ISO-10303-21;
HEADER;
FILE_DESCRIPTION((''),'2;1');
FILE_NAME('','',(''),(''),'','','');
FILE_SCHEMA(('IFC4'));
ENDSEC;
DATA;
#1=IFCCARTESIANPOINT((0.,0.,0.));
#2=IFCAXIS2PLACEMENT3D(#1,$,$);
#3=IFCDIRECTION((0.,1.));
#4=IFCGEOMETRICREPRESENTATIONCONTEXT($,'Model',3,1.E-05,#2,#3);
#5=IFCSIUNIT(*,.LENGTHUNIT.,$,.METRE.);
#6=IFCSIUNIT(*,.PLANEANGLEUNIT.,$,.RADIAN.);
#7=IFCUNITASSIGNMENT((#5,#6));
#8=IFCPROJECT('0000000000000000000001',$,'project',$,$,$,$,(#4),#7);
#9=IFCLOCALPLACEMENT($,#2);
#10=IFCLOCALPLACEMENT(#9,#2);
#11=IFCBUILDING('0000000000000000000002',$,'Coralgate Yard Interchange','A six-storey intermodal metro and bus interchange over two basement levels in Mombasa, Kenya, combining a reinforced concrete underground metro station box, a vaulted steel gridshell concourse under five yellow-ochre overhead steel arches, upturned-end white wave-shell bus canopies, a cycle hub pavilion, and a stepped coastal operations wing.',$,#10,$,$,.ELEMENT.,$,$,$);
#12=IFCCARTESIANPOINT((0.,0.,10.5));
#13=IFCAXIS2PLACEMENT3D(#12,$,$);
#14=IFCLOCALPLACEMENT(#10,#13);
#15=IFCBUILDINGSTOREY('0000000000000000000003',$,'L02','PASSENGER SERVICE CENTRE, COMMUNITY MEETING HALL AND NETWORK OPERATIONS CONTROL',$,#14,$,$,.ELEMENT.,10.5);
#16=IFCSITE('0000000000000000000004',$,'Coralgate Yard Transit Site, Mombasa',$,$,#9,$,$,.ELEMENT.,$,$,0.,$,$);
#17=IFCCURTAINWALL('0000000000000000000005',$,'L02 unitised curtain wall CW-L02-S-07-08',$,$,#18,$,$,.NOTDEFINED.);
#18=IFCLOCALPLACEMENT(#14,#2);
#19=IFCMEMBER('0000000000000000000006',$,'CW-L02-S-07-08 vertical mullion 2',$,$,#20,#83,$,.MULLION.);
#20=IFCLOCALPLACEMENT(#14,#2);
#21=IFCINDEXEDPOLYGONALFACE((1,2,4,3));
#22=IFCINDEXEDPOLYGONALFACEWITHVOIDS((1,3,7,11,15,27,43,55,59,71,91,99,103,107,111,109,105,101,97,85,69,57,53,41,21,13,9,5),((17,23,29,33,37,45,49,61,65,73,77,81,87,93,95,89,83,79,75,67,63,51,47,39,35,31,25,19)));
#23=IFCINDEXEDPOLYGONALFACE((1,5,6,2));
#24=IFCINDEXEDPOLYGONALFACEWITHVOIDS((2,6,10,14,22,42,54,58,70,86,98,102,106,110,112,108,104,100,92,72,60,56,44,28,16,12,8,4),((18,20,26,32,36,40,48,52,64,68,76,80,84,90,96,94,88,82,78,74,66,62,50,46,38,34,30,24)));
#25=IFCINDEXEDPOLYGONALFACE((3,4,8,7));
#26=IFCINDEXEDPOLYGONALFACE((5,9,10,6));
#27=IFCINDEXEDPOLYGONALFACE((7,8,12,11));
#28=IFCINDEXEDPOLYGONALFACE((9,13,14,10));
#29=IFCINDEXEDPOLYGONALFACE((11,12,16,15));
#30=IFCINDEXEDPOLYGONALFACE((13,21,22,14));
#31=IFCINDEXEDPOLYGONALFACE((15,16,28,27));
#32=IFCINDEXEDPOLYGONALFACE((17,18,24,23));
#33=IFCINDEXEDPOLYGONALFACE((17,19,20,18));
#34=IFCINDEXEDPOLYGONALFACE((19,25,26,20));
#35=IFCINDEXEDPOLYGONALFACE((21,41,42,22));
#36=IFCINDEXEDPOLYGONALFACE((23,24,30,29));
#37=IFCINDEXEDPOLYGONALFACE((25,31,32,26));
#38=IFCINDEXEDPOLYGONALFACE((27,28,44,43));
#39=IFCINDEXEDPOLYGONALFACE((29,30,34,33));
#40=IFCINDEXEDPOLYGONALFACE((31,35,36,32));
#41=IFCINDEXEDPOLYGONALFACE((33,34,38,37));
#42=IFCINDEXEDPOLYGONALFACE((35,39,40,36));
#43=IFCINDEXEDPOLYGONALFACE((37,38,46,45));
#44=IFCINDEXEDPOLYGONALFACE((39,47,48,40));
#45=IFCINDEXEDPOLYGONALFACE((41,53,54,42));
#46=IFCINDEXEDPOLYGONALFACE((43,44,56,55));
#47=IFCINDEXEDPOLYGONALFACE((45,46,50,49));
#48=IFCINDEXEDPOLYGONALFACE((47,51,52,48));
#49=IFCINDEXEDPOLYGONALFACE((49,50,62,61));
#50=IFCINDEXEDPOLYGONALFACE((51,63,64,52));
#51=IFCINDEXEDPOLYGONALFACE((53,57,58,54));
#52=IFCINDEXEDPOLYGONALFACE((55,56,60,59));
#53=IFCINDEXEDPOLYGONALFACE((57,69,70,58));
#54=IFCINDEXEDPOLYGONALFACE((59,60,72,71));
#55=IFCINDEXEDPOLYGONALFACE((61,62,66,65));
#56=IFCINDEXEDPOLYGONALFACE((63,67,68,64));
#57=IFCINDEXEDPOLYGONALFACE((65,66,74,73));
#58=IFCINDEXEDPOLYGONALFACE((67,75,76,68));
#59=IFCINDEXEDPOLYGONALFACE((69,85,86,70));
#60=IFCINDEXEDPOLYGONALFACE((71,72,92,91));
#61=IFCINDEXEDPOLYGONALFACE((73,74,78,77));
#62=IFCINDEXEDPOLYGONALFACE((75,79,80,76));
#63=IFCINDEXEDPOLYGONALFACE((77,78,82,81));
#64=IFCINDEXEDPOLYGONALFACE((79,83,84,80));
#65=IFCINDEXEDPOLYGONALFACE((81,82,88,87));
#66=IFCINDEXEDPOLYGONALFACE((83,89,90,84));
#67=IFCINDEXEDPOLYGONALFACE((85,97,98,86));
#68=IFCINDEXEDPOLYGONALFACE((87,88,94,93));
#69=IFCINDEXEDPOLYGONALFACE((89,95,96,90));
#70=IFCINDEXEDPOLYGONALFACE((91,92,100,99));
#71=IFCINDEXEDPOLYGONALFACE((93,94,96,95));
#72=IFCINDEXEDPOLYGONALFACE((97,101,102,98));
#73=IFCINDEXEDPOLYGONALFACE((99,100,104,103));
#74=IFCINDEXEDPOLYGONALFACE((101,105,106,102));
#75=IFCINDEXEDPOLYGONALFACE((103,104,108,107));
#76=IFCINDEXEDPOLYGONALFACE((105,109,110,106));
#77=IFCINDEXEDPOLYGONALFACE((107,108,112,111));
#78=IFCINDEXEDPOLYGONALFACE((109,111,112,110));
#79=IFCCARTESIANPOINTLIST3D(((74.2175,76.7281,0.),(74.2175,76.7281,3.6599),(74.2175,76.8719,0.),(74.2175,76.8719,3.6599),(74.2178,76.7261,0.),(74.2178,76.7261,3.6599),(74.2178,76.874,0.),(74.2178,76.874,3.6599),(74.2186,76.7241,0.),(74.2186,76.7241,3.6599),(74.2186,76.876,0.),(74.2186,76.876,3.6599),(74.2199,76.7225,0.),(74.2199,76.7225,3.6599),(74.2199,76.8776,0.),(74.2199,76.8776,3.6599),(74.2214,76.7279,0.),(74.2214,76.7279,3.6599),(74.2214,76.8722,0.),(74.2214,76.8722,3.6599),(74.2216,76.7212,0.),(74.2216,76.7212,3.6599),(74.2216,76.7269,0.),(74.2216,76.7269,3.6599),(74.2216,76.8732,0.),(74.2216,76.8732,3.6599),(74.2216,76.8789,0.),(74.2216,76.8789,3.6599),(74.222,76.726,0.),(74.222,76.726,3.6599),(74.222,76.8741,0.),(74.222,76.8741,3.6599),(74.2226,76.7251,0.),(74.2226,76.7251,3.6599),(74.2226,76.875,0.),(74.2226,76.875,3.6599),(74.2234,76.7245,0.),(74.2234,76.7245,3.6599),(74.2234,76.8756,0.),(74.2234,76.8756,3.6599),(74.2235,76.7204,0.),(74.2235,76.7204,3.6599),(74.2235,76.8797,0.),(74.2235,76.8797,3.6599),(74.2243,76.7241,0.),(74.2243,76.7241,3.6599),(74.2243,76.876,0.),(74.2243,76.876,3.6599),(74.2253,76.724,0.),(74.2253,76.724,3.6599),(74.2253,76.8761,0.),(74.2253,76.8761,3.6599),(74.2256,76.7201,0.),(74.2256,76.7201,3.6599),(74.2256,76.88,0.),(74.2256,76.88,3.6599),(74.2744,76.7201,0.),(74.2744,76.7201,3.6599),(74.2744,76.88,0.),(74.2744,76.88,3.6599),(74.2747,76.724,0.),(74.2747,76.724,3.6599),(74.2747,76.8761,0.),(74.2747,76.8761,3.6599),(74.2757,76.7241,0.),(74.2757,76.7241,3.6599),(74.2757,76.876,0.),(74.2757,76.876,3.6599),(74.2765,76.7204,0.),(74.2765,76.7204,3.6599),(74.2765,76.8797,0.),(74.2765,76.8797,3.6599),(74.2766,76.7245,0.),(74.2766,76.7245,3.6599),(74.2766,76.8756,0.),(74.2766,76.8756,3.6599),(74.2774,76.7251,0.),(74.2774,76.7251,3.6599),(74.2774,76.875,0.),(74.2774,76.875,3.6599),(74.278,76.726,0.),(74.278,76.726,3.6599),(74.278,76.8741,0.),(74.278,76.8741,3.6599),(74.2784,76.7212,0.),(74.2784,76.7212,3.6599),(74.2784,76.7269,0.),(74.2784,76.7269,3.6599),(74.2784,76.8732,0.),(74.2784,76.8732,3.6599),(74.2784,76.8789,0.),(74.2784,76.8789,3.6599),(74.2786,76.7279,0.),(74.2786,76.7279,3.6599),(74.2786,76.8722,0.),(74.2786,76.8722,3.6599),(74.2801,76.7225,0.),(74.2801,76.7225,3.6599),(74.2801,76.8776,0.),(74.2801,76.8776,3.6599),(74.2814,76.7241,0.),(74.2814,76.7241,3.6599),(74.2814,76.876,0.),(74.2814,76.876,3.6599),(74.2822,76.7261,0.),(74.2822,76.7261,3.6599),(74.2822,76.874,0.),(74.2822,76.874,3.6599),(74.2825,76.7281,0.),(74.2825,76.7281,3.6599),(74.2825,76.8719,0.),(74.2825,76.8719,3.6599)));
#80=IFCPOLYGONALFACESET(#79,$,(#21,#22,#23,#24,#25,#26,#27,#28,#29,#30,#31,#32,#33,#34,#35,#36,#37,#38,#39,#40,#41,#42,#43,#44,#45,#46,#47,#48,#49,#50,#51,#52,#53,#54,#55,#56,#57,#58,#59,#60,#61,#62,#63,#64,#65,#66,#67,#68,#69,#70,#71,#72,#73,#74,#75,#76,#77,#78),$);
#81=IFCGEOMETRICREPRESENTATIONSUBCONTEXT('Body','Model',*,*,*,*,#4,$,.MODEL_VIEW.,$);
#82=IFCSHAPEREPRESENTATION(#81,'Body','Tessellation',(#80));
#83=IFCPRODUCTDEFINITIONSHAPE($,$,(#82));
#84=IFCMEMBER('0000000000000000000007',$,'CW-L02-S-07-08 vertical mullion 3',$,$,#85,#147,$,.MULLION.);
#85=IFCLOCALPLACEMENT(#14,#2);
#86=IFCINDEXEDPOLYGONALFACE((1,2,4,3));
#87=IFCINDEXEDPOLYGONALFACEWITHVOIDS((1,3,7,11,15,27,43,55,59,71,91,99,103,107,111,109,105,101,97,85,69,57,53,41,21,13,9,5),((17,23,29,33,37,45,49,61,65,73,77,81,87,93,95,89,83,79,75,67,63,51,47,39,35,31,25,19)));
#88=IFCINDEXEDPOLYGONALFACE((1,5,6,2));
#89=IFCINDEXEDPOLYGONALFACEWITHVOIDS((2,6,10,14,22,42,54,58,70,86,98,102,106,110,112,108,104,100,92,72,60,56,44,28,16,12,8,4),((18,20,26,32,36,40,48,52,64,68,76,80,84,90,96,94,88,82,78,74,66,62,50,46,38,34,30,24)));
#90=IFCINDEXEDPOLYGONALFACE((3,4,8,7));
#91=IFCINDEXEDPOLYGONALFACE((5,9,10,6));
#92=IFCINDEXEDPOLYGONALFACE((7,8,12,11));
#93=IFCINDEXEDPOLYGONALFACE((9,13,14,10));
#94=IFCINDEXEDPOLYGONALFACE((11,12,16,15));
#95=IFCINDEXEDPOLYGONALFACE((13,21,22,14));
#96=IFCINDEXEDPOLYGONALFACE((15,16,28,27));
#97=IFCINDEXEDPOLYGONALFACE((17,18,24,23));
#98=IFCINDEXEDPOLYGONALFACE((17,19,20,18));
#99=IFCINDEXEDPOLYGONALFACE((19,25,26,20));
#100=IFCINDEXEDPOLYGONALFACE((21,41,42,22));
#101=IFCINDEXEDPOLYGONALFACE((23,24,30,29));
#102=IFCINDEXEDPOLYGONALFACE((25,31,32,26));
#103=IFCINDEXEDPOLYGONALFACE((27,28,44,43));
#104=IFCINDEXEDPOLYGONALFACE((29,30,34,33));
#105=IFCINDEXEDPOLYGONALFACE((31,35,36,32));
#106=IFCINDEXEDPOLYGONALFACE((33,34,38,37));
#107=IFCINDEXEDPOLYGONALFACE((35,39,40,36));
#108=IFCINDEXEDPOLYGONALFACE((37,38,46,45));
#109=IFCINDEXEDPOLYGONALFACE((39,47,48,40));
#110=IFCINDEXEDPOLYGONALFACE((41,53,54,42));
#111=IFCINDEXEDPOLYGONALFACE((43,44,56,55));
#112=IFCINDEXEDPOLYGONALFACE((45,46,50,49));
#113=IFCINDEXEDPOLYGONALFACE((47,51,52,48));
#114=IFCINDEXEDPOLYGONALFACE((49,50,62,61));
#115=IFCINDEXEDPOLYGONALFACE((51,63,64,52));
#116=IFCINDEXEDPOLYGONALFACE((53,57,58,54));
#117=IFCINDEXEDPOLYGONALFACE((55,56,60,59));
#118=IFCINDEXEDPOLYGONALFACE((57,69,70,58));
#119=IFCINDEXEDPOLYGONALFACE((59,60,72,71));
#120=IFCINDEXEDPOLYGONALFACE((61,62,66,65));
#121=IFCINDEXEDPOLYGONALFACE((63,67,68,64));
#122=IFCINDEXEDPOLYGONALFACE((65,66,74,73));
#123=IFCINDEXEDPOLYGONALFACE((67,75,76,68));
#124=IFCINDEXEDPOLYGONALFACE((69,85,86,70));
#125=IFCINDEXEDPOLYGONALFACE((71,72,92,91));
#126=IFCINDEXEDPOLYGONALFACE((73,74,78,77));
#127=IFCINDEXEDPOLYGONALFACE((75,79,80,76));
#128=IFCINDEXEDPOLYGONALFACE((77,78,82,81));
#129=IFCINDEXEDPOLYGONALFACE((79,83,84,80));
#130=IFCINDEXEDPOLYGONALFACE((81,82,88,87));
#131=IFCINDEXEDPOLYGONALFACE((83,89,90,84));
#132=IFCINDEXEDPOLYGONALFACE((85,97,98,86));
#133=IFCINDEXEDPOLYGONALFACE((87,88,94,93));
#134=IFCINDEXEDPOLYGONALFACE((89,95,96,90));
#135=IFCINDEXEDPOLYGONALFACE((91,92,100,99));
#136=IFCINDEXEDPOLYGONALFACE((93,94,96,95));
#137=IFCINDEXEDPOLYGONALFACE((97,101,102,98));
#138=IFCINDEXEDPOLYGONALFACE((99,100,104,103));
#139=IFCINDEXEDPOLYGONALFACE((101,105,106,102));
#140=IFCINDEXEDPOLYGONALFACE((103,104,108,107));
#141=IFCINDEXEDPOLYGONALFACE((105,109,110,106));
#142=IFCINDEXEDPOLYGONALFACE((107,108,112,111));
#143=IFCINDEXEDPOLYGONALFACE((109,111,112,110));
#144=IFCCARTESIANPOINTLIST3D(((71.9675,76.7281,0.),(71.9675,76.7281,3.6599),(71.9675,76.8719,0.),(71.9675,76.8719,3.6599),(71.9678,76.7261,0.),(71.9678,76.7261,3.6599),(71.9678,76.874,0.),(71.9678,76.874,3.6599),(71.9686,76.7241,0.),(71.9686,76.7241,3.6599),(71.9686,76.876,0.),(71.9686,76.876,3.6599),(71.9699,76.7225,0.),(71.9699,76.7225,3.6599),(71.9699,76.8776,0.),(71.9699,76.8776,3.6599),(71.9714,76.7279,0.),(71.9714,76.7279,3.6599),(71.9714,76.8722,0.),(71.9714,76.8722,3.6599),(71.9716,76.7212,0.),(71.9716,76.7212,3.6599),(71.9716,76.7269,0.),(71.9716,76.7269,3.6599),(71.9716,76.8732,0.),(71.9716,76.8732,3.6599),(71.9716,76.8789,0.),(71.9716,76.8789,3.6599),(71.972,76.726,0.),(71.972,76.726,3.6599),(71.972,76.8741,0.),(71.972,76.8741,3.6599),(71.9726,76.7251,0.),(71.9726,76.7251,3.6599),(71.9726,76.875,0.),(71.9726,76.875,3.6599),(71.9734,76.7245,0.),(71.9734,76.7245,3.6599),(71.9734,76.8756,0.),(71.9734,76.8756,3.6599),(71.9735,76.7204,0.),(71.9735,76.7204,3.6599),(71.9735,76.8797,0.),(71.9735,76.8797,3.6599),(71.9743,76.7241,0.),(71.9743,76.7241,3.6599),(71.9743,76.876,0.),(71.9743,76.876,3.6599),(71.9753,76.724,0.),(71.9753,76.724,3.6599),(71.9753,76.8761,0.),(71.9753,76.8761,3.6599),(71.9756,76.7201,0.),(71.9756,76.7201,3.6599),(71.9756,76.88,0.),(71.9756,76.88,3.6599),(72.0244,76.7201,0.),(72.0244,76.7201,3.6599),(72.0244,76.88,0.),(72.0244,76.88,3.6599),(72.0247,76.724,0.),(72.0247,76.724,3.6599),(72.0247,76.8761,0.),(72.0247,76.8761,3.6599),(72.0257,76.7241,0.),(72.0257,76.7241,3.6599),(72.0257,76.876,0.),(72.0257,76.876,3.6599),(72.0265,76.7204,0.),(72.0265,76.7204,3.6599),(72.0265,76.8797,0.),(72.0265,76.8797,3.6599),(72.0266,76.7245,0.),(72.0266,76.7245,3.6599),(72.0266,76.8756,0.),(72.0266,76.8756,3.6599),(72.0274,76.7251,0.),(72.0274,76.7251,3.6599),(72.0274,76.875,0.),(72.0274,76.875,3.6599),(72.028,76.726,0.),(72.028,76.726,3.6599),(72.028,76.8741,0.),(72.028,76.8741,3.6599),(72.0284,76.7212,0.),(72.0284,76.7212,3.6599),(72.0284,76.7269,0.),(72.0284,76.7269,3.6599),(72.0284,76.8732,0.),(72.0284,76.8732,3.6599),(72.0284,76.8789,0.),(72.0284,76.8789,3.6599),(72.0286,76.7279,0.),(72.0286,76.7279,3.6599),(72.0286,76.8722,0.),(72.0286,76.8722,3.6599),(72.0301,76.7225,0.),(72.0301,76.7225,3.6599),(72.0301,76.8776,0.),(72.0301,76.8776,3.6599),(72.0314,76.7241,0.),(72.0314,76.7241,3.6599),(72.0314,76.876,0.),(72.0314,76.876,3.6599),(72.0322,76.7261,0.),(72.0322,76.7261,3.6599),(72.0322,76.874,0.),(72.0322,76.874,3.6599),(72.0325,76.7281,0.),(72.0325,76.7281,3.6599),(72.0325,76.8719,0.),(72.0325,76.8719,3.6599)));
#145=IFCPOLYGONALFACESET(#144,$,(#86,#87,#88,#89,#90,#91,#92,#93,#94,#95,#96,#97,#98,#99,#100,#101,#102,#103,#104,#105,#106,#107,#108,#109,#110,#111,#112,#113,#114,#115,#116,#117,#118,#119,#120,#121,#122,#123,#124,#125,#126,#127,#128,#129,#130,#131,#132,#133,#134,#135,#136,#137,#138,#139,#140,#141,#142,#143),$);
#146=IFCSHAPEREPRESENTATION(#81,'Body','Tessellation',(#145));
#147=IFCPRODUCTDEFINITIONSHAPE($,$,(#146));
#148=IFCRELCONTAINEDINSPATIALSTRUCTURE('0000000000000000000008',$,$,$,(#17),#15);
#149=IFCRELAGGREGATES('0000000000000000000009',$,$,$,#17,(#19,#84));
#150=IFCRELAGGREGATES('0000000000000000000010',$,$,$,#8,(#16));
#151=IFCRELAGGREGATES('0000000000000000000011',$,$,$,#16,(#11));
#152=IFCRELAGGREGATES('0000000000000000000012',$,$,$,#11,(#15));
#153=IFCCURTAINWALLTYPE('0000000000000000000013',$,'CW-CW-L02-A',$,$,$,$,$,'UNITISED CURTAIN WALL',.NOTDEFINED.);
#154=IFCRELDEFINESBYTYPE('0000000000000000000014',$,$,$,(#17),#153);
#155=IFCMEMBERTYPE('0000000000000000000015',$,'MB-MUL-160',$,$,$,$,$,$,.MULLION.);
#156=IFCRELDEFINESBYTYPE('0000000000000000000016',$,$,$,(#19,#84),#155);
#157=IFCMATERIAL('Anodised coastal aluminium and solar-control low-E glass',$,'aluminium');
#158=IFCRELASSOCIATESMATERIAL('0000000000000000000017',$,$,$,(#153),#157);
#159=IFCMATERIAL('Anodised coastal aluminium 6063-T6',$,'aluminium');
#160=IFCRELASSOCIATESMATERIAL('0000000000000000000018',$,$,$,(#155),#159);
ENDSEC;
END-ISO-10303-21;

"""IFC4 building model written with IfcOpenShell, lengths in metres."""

from ifc_helpers import new_model, si_unit, direction, frame, origin, origin_2d, place, context, subcontext, project, spatial, hollow_rectangle, extrude, material, material_profile, profile_set, type_object, element, aggregate, save


model = new_model("IFC4")

# Units and contexts
model_context = context("Model", 3, precision=1e-05, world=origin(), true_north=direction((0.0, 1.0)))
body_context = subcontext(model_context, "Body", "Model", "MODEL_VIEW")
ifc_project = project(units=[si_unit("LENGTHUNIT", "METRE"), si_unit("PLANEANGLEUNIT", "RADIAN")], contexts=[model_context])

# Site, building, storey
site_placement = place(None, origin())
site = spatial("IfcSite", under=ifc_project, at=site_placement, Name="Coralgate Yard Transit Site, Mombasa", CompositionType="ELEMENT", RefElevation=0.0)
building_placement = place(site_placement, origin())
building = spatial("IfcBuilding", under=site, at=building_placement, Name="Coralgate Yard Interchange", Description="A six-storey intermodal metro and bus interchange over two basement levels in Mombasa, Kenya, combining a reinforced concrete underground metro station box, a vaulted steel gridshell concourse under five yellow-ochre overhead steel arches, upturned-end white wave-shell bus canopies, a cycle hub pavilion, and a stepped coastal operations wing.", CompositionType="ELEMENT")
storey_placement = place(building_placement, frame((0.0, 0.0, 10.5)))
storey = spatial("IfcBuildingStorey", under=building, at=storey_placement, Name="L02", Description="PASSENGER SERVICE CENTRE, COMMUNITY MEETING HALL AND NETWORK OPERATIONS CONTROL", CompositionType="ELEMENT", Elevation=10.5)

# Curtain wall, members
ifc_material_1 = material(Name="Anodised coastal aluminium and solar-control low-E glass", Category="aluminium")
curtain_wall_type = type_object("IfcCurtainWallType", Name="CW-CW-L02-A", ElementType="UNITISED CURTAIN WALL", PredefinedType="NOTDEFINED", material=ifc_material_1)
curtain_wall_1_placement = place(storey_placement, origin())
curtain_wall_1 = element("IfcCurtainWall", 1, at=curtain_wall_1_placement, inside=storey, type_object=curtain_wall_type, Name="L02 unitised curtain wall CW-L02-S-07-08", PredefinedType="NOTDEFINED")
ifc_material_2 = material(Name="Anodised coastal aluminium 6063-T6", Category="aluminium")
ifc_material_profile_1 = material_profile(ifc_material_2, hollow_rectangle(XDim=0.0649, YDim=0.1599, WallThickness=0.0039, InnerFilletRadius=0.0039, OuterFilletRadius=0.0081, at=origin_2d()), Name="ALU 65x160x4")
ifc_profile_set_1 = profile_set([ifc_material_profile_1], Name="Anodised coastal aluminium 6063-T6")
member_type_1 = type_object("IfcMemberType", Name="MB-MUL-160", PredefinedType="MULLION", material=ifc_profile_set_1)
member_1_placement = place(storey_placement, frame((74.25, 76.8, 0.0), z_axis=(0.0, 0.0, 1.0), x_axis=(1.0, 0.0, 0.0)))
member_1 = element("IfcMember", 2, at=member_1_placement, type_object=member_type_1, Name="CW-L02-S-07-08 vertical mullion 2", PredefinedType="MULLION", context=body_context, shape_type="SweptSolid", body=[
    extrude(hollow_rectangle(XDim=0.0649, YDim=0.1599, WallThickness=0.0039, InnerFilletRadius=0.0039, OuterFilletRadius=0.0081, at=origin_2d()), origin(), (0.0, 0.0, 1.0), 3.6599),
])
member_2_placement = place(storey_placement, frame((72.0, 76.8, 0.0), z_axis=(0.0, 0.0, 1.0), x_axis=(1.0, 0.0, 0.0)))
member_2 = element("IfcMember", 3, at=member_2_placement, type_object=member_type_1, Name="CW-L02-S-07-08 vertical mullion 3", PredefinedType="MULLION", context=body_context, shape_type="SweptSolid", body=[
    extrude(hollow_rectangle(XDim=0.0649, YDim=0.1599, WallThickness=0.0039, InnerFilletRadius=0.0039, OuterFilletRadius=0.0081, at=origin_2d()), origin(), (0.0, 0.0, 1.0), 3.6599),
])

aggregate(curtain_wall_1, [member_1, member_2])

save(model, "model.ifc")
